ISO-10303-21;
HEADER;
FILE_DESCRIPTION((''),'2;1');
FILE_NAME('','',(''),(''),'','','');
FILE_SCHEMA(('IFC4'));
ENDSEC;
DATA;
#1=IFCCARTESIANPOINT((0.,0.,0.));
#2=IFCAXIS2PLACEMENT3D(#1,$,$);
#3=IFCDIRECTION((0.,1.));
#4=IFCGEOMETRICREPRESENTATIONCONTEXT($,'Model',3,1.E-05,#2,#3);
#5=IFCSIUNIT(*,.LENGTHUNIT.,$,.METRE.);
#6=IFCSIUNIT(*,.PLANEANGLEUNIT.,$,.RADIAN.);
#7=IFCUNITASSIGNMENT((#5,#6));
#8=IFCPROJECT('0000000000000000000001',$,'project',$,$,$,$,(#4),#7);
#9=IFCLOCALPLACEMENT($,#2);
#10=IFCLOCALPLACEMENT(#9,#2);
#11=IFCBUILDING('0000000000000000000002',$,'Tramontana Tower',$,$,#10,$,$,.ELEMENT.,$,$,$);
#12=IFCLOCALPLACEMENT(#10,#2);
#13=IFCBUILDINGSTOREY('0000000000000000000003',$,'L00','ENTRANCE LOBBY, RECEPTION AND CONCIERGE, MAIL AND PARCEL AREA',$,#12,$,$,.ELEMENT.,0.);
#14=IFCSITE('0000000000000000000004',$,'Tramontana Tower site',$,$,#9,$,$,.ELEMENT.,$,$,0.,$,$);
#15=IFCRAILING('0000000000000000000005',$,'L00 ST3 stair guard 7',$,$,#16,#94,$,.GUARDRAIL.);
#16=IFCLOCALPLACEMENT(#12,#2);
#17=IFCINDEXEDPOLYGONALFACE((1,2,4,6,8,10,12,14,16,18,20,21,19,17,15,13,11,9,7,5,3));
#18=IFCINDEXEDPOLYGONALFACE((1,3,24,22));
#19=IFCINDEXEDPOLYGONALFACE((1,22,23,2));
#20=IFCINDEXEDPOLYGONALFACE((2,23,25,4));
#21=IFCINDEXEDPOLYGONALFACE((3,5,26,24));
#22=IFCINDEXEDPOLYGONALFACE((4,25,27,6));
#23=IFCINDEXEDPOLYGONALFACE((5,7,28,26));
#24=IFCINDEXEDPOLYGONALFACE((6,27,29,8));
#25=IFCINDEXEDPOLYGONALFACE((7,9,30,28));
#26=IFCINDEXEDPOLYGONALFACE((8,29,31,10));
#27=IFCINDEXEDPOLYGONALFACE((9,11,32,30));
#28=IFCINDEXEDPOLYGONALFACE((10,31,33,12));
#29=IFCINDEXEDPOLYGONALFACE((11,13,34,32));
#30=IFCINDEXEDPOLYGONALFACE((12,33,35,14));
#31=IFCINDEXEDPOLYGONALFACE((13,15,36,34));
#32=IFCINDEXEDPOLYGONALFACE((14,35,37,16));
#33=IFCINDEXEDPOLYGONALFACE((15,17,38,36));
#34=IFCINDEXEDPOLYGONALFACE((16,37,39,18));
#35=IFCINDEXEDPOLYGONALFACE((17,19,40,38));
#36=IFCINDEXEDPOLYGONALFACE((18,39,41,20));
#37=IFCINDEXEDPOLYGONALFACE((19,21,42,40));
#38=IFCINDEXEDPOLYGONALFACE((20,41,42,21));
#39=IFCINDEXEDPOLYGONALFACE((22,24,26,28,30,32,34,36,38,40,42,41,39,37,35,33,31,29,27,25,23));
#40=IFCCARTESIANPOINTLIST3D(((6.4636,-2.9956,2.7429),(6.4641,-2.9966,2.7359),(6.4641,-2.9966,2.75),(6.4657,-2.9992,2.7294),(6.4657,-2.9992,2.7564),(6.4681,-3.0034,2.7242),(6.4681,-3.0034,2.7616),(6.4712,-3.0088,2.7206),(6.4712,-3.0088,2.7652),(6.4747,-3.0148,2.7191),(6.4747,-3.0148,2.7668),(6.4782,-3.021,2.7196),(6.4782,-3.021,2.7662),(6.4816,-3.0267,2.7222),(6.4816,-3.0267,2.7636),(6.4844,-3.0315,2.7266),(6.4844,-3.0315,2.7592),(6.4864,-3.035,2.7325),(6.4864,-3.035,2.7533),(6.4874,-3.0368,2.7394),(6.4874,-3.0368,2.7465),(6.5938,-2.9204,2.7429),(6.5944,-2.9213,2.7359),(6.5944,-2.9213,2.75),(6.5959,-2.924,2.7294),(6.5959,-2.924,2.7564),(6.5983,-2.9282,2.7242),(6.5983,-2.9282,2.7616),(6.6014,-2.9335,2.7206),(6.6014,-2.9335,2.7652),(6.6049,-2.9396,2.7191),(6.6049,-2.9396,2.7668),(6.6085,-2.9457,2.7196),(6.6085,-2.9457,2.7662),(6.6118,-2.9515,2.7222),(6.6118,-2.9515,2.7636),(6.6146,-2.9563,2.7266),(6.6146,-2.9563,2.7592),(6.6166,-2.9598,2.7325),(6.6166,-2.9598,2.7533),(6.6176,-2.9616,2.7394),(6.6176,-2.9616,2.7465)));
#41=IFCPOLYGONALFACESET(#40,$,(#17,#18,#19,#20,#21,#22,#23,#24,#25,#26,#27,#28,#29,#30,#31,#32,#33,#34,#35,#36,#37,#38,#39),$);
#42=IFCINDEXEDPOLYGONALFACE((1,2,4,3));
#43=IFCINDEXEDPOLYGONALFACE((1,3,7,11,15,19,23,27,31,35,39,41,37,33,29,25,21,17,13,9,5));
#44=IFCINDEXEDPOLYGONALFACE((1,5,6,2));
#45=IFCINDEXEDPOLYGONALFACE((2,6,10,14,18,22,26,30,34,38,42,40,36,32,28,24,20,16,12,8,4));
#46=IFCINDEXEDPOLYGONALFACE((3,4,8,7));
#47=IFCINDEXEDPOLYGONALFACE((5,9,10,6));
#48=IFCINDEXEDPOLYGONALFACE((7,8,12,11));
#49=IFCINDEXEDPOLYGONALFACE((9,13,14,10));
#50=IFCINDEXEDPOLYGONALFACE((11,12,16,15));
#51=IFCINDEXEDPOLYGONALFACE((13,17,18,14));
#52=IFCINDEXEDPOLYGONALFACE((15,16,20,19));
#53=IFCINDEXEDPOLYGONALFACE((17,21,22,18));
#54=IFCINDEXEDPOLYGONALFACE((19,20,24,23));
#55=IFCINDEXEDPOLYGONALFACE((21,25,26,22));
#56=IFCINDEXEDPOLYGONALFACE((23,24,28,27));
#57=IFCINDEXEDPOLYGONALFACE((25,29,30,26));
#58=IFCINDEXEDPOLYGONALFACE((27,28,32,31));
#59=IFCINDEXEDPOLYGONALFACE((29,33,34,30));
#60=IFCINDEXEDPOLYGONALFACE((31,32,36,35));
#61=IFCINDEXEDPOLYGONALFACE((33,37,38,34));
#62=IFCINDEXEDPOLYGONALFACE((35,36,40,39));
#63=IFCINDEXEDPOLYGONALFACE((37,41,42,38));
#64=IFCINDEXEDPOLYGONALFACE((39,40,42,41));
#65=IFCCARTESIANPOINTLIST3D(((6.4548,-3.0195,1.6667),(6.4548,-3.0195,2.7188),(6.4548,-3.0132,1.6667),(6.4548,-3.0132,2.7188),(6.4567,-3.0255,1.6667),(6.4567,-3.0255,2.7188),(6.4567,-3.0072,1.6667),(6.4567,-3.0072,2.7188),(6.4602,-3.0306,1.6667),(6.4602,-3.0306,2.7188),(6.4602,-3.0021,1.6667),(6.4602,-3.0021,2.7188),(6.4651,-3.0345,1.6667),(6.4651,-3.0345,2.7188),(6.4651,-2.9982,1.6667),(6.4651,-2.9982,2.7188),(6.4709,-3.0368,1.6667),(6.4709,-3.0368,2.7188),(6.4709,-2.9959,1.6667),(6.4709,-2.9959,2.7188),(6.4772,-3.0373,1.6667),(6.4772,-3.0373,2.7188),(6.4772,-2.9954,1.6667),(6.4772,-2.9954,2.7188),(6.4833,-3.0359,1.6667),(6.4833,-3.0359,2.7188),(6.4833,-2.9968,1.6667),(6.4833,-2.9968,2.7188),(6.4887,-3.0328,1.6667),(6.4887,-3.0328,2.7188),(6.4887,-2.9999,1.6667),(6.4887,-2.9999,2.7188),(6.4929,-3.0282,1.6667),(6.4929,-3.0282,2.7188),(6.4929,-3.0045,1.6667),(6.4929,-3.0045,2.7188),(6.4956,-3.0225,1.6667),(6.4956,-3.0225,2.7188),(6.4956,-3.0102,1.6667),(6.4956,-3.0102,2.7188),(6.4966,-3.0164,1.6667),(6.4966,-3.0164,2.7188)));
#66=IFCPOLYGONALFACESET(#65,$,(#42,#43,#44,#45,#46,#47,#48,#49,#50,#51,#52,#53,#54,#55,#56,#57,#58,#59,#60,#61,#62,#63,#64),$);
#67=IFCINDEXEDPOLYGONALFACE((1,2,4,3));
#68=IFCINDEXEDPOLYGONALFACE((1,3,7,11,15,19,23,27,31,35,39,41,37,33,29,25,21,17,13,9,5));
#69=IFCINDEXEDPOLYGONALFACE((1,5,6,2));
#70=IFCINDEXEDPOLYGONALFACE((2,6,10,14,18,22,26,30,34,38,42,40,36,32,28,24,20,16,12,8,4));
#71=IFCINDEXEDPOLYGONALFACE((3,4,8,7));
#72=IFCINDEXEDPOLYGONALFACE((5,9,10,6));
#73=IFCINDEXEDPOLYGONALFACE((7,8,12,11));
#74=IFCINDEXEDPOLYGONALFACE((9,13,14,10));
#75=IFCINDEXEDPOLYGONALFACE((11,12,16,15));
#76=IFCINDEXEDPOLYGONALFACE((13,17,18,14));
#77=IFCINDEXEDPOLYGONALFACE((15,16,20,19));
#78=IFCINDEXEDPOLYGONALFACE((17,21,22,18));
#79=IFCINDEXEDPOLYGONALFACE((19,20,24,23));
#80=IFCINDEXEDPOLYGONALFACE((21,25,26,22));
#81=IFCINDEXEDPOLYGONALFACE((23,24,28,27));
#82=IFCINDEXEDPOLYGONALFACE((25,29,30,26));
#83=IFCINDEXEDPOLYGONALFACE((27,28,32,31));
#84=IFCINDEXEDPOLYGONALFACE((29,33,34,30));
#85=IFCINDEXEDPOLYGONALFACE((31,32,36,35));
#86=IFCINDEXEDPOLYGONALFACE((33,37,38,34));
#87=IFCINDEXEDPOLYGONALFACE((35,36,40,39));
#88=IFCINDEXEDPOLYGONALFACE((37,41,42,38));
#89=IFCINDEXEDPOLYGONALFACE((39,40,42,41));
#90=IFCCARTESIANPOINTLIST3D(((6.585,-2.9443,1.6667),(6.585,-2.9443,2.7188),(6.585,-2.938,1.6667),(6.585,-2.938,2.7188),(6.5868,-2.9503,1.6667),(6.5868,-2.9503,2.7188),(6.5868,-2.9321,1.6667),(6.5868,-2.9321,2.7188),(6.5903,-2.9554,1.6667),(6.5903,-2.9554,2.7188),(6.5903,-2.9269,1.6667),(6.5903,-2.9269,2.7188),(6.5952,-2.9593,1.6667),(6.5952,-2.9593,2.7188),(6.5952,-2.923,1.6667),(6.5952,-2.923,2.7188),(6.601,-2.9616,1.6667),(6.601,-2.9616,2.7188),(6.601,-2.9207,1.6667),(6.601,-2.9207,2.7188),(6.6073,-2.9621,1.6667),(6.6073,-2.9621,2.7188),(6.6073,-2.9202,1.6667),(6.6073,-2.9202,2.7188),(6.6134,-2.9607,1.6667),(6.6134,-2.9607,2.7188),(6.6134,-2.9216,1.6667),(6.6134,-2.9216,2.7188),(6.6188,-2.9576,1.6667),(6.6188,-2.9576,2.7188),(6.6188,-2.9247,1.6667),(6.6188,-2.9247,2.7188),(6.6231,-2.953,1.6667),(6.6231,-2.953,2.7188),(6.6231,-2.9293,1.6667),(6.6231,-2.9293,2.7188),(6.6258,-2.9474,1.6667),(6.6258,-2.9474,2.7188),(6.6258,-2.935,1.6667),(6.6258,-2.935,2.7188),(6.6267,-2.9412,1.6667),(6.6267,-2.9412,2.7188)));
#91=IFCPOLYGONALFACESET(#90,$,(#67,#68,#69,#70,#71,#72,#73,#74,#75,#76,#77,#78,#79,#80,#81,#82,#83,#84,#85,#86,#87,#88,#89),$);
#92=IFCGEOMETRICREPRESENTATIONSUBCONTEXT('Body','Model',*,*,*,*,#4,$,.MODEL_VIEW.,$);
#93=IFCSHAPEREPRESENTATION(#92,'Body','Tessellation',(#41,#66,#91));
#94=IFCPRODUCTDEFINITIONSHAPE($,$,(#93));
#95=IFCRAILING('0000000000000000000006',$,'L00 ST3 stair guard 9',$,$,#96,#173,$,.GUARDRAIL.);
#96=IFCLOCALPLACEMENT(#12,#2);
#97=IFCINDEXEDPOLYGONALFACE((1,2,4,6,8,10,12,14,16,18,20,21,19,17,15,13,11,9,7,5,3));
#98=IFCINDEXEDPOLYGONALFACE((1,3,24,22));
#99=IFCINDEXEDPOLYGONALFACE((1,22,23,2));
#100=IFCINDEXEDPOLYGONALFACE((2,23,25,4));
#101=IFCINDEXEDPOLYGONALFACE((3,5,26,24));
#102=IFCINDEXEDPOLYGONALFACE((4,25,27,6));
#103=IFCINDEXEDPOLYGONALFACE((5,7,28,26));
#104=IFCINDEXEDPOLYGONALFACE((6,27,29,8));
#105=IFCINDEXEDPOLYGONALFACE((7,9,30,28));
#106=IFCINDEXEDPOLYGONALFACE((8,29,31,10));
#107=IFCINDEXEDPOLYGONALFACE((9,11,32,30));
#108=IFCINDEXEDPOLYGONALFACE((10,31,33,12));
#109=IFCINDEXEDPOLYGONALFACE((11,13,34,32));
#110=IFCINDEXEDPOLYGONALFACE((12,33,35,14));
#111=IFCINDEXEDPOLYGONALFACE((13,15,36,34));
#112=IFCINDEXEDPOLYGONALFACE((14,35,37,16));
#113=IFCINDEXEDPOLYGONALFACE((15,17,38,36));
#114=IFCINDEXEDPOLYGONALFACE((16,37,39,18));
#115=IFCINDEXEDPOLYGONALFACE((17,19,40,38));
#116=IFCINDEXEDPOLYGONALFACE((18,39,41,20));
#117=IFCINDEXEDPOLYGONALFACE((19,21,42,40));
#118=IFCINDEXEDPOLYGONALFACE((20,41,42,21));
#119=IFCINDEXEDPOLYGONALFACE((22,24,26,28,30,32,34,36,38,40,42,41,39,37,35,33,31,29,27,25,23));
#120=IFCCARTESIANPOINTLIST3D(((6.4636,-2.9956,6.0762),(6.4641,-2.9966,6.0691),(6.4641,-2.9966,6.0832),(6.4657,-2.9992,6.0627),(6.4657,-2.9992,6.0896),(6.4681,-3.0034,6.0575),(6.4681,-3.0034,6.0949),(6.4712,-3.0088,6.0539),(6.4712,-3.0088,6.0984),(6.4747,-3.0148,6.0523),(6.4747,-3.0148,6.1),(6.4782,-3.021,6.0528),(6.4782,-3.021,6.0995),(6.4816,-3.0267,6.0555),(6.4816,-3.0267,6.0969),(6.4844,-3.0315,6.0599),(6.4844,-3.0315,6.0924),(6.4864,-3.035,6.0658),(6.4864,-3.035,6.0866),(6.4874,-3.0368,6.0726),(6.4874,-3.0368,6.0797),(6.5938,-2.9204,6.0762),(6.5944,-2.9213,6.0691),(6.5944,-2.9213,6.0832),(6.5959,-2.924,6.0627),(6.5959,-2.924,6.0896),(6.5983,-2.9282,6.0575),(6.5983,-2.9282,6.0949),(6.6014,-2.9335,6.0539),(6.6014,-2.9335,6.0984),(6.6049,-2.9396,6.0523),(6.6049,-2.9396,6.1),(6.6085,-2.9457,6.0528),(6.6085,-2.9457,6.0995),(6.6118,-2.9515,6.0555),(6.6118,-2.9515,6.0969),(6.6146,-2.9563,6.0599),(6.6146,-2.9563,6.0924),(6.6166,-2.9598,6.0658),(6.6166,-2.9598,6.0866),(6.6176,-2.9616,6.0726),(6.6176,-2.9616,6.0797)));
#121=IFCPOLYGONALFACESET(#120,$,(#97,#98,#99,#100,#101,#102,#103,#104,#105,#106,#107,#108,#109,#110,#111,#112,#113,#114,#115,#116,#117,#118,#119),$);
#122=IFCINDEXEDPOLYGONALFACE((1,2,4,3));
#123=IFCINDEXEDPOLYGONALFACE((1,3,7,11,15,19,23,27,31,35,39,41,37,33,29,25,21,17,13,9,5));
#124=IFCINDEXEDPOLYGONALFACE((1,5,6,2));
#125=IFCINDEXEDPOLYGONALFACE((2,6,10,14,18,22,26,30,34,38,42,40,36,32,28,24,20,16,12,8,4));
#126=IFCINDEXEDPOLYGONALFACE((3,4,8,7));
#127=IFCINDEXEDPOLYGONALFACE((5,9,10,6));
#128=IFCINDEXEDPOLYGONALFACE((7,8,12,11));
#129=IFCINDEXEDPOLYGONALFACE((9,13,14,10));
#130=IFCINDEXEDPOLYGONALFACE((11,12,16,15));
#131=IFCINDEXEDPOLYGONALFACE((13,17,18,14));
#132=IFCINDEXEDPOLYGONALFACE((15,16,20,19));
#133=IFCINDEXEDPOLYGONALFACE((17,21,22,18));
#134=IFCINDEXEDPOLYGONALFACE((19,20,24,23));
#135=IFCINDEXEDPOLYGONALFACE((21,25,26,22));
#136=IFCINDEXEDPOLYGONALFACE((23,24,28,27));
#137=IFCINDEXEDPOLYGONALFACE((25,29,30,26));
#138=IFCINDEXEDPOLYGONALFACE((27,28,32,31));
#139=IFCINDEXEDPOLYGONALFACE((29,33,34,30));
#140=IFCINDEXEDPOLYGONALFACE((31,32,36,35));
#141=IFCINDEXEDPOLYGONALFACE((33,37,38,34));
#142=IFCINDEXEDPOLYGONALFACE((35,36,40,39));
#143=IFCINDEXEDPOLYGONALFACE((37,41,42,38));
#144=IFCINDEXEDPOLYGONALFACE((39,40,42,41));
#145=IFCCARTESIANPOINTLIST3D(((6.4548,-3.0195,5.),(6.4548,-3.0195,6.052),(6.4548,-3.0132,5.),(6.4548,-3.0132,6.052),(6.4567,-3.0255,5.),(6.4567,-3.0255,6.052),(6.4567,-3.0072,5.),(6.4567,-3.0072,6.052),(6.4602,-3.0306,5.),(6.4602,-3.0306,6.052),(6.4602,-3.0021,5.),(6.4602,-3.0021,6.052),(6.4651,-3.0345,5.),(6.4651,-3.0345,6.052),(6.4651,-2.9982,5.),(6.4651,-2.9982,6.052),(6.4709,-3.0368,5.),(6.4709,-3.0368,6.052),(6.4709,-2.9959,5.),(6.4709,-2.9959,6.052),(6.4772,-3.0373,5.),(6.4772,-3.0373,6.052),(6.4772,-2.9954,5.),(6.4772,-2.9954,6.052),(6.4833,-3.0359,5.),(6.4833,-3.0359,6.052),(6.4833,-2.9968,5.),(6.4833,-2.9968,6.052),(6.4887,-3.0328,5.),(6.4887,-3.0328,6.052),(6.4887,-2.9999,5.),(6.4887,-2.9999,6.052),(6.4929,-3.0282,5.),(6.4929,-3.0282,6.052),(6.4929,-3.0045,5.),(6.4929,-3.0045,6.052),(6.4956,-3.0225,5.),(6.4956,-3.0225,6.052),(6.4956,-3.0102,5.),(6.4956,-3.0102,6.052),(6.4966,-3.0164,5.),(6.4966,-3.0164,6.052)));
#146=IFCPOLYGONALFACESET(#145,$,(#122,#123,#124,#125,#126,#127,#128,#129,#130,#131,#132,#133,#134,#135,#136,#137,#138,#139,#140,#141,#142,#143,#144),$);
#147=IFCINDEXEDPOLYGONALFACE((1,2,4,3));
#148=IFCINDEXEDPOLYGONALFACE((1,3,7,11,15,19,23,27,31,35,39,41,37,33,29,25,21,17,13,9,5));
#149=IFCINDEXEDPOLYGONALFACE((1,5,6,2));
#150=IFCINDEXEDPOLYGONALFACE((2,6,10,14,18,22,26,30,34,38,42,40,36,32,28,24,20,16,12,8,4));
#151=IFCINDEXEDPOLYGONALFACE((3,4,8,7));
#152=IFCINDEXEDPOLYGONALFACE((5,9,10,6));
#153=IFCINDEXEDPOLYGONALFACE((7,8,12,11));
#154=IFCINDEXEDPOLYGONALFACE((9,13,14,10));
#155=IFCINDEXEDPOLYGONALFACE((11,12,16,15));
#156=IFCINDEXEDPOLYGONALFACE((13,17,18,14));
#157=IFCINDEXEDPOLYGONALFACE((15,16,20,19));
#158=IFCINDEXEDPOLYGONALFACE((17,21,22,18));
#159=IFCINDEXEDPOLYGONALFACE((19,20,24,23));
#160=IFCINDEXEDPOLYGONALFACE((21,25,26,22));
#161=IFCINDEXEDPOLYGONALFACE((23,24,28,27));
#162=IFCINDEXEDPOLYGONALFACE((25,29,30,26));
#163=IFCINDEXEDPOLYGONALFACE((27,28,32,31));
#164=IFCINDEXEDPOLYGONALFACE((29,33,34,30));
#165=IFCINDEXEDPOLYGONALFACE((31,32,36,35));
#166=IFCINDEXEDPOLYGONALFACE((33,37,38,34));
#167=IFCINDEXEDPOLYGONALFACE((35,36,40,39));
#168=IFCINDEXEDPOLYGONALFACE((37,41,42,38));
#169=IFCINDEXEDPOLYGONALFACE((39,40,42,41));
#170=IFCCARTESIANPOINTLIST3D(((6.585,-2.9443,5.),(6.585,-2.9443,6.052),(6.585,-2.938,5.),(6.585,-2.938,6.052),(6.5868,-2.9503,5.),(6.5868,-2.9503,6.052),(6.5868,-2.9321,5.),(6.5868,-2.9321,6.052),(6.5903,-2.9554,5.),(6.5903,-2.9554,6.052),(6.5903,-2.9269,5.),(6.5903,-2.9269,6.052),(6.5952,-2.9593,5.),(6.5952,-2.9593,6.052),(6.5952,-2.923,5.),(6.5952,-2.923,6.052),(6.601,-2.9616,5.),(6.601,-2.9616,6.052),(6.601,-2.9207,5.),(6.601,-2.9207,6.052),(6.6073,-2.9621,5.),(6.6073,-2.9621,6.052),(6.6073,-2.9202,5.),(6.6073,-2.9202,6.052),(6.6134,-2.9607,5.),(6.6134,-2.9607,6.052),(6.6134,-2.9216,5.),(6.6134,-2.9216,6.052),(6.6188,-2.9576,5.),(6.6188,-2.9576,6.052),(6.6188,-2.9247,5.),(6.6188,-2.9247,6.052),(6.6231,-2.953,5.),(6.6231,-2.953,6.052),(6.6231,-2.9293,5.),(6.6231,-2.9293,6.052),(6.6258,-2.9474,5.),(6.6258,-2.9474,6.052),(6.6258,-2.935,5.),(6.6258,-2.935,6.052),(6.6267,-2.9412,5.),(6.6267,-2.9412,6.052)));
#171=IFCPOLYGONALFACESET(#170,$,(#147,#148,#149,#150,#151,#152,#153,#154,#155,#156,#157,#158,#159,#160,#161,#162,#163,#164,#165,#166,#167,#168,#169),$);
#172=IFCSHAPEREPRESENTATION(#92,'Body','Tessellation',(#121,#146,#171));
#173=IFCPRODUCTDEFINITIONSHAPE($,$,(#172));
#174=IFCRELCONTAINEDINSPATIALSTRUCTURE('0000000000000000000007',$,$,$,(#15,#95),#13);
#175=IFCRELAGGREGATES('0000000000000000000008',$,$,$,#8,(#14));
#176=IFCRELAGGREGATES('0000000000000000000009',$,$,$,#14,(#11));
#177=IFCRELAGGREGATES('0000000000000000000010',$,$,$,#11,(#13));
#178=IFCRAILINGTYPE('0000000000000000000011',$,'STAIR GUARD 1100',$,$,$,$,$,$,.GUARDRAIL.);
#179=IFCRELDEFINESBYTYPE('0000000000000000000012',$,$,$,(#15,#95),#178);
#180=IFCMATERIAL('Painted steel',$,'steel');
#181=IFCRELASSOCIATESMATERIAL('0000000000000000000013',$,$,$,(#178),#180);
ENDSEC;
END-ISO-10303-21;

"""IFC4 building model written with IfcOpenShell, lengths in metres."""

from ifc_helpers import new_model, si_unit, direction, frame, origin, origin_2d, place, context, subcontext, project, spatial, circle, extrude, material, type_object, element, save


model = new_model("IFC4")

# Units and contexts
model_context = context("Model", 3, precision=1e-05, world=origin(), true_north=direction((0.0, 1.0)))
body_context = subcontext(model_context, "Body", "Model", "MODEL_VIEW")
ifc_project = project(units=[si_unit("LENGTHUNIT", "METRE"), si_unit("PLANEANGLEUNIT", "RADIAN")], contexts=[model_context])

# Site, building, storey
site_placement = place(None, origin())
site = spatial("IfcSite", under=ifc_project, at=site_placement, Name="Tramontana Tower site", CompositionType="ELEMENT", RefElevation=0.0)
building_placement = place(site_placement, origin())
building = spatial("IfcBuilding", under=site, at=building_placement, Name="Tramontana Tower", CompositionType="ELEMENT")
storey_placement = place(building_placement, origin())
storey = spatial("IfcBuildingStorey", under=building, at=storey_placement, Name="L00", Description="ENTRANCE LOBBY, RECEPTION AND CONCIERGE, MAIL AND PARCEL AREA", CompositionType="ELEMENT", Elevation=0.0)

# Railings
ifc_material_1 = material(Name="Painted steel", Category="steel")
railing_type_1 = type_object("IfcRailingType", Name="STAIR GUARD 1100", PredefinedType="GUARDRAIL", material=ifc_material_1)
for number, where, name in (
    (1, (6.4756, -3.0164, 1.6667), "L00 ST3 stair guard 7"),
    (2, (6.4756, -3.0164, 5.0), "L00 ST3 stair guard 9"),
):
    element("IfcRailing", number, at=place(storey_placement, frame(where)), inside=storey, type_object=railing_type_1, Name=name, PredefinedType="GUARDRAIL", context=body_context, shape_type="SweptSolid", body=[
        extrude(circle(Radius=0.0239, at=origin_2d()), frame((0.0, 0.0, 1.0762), z_axis=(0.865834, 0.500332, 0.0), x_axis=(-0.500332, 0.865834, 0.0)), (0.0, 0.0, 1.0), 0.1504),
        extrude(circle(Radius=0.021, at=origin_2d()), origin(), (0.0, 0.0, 1.0), 1.052),
        extrude(circle(Radius=0.021, at=origin_2d()), frame((0.1301, 0.0752, 0.0)), (0.0, 0.0, 1.0), 1.052),
    ])

save(model, "model.ifc")
